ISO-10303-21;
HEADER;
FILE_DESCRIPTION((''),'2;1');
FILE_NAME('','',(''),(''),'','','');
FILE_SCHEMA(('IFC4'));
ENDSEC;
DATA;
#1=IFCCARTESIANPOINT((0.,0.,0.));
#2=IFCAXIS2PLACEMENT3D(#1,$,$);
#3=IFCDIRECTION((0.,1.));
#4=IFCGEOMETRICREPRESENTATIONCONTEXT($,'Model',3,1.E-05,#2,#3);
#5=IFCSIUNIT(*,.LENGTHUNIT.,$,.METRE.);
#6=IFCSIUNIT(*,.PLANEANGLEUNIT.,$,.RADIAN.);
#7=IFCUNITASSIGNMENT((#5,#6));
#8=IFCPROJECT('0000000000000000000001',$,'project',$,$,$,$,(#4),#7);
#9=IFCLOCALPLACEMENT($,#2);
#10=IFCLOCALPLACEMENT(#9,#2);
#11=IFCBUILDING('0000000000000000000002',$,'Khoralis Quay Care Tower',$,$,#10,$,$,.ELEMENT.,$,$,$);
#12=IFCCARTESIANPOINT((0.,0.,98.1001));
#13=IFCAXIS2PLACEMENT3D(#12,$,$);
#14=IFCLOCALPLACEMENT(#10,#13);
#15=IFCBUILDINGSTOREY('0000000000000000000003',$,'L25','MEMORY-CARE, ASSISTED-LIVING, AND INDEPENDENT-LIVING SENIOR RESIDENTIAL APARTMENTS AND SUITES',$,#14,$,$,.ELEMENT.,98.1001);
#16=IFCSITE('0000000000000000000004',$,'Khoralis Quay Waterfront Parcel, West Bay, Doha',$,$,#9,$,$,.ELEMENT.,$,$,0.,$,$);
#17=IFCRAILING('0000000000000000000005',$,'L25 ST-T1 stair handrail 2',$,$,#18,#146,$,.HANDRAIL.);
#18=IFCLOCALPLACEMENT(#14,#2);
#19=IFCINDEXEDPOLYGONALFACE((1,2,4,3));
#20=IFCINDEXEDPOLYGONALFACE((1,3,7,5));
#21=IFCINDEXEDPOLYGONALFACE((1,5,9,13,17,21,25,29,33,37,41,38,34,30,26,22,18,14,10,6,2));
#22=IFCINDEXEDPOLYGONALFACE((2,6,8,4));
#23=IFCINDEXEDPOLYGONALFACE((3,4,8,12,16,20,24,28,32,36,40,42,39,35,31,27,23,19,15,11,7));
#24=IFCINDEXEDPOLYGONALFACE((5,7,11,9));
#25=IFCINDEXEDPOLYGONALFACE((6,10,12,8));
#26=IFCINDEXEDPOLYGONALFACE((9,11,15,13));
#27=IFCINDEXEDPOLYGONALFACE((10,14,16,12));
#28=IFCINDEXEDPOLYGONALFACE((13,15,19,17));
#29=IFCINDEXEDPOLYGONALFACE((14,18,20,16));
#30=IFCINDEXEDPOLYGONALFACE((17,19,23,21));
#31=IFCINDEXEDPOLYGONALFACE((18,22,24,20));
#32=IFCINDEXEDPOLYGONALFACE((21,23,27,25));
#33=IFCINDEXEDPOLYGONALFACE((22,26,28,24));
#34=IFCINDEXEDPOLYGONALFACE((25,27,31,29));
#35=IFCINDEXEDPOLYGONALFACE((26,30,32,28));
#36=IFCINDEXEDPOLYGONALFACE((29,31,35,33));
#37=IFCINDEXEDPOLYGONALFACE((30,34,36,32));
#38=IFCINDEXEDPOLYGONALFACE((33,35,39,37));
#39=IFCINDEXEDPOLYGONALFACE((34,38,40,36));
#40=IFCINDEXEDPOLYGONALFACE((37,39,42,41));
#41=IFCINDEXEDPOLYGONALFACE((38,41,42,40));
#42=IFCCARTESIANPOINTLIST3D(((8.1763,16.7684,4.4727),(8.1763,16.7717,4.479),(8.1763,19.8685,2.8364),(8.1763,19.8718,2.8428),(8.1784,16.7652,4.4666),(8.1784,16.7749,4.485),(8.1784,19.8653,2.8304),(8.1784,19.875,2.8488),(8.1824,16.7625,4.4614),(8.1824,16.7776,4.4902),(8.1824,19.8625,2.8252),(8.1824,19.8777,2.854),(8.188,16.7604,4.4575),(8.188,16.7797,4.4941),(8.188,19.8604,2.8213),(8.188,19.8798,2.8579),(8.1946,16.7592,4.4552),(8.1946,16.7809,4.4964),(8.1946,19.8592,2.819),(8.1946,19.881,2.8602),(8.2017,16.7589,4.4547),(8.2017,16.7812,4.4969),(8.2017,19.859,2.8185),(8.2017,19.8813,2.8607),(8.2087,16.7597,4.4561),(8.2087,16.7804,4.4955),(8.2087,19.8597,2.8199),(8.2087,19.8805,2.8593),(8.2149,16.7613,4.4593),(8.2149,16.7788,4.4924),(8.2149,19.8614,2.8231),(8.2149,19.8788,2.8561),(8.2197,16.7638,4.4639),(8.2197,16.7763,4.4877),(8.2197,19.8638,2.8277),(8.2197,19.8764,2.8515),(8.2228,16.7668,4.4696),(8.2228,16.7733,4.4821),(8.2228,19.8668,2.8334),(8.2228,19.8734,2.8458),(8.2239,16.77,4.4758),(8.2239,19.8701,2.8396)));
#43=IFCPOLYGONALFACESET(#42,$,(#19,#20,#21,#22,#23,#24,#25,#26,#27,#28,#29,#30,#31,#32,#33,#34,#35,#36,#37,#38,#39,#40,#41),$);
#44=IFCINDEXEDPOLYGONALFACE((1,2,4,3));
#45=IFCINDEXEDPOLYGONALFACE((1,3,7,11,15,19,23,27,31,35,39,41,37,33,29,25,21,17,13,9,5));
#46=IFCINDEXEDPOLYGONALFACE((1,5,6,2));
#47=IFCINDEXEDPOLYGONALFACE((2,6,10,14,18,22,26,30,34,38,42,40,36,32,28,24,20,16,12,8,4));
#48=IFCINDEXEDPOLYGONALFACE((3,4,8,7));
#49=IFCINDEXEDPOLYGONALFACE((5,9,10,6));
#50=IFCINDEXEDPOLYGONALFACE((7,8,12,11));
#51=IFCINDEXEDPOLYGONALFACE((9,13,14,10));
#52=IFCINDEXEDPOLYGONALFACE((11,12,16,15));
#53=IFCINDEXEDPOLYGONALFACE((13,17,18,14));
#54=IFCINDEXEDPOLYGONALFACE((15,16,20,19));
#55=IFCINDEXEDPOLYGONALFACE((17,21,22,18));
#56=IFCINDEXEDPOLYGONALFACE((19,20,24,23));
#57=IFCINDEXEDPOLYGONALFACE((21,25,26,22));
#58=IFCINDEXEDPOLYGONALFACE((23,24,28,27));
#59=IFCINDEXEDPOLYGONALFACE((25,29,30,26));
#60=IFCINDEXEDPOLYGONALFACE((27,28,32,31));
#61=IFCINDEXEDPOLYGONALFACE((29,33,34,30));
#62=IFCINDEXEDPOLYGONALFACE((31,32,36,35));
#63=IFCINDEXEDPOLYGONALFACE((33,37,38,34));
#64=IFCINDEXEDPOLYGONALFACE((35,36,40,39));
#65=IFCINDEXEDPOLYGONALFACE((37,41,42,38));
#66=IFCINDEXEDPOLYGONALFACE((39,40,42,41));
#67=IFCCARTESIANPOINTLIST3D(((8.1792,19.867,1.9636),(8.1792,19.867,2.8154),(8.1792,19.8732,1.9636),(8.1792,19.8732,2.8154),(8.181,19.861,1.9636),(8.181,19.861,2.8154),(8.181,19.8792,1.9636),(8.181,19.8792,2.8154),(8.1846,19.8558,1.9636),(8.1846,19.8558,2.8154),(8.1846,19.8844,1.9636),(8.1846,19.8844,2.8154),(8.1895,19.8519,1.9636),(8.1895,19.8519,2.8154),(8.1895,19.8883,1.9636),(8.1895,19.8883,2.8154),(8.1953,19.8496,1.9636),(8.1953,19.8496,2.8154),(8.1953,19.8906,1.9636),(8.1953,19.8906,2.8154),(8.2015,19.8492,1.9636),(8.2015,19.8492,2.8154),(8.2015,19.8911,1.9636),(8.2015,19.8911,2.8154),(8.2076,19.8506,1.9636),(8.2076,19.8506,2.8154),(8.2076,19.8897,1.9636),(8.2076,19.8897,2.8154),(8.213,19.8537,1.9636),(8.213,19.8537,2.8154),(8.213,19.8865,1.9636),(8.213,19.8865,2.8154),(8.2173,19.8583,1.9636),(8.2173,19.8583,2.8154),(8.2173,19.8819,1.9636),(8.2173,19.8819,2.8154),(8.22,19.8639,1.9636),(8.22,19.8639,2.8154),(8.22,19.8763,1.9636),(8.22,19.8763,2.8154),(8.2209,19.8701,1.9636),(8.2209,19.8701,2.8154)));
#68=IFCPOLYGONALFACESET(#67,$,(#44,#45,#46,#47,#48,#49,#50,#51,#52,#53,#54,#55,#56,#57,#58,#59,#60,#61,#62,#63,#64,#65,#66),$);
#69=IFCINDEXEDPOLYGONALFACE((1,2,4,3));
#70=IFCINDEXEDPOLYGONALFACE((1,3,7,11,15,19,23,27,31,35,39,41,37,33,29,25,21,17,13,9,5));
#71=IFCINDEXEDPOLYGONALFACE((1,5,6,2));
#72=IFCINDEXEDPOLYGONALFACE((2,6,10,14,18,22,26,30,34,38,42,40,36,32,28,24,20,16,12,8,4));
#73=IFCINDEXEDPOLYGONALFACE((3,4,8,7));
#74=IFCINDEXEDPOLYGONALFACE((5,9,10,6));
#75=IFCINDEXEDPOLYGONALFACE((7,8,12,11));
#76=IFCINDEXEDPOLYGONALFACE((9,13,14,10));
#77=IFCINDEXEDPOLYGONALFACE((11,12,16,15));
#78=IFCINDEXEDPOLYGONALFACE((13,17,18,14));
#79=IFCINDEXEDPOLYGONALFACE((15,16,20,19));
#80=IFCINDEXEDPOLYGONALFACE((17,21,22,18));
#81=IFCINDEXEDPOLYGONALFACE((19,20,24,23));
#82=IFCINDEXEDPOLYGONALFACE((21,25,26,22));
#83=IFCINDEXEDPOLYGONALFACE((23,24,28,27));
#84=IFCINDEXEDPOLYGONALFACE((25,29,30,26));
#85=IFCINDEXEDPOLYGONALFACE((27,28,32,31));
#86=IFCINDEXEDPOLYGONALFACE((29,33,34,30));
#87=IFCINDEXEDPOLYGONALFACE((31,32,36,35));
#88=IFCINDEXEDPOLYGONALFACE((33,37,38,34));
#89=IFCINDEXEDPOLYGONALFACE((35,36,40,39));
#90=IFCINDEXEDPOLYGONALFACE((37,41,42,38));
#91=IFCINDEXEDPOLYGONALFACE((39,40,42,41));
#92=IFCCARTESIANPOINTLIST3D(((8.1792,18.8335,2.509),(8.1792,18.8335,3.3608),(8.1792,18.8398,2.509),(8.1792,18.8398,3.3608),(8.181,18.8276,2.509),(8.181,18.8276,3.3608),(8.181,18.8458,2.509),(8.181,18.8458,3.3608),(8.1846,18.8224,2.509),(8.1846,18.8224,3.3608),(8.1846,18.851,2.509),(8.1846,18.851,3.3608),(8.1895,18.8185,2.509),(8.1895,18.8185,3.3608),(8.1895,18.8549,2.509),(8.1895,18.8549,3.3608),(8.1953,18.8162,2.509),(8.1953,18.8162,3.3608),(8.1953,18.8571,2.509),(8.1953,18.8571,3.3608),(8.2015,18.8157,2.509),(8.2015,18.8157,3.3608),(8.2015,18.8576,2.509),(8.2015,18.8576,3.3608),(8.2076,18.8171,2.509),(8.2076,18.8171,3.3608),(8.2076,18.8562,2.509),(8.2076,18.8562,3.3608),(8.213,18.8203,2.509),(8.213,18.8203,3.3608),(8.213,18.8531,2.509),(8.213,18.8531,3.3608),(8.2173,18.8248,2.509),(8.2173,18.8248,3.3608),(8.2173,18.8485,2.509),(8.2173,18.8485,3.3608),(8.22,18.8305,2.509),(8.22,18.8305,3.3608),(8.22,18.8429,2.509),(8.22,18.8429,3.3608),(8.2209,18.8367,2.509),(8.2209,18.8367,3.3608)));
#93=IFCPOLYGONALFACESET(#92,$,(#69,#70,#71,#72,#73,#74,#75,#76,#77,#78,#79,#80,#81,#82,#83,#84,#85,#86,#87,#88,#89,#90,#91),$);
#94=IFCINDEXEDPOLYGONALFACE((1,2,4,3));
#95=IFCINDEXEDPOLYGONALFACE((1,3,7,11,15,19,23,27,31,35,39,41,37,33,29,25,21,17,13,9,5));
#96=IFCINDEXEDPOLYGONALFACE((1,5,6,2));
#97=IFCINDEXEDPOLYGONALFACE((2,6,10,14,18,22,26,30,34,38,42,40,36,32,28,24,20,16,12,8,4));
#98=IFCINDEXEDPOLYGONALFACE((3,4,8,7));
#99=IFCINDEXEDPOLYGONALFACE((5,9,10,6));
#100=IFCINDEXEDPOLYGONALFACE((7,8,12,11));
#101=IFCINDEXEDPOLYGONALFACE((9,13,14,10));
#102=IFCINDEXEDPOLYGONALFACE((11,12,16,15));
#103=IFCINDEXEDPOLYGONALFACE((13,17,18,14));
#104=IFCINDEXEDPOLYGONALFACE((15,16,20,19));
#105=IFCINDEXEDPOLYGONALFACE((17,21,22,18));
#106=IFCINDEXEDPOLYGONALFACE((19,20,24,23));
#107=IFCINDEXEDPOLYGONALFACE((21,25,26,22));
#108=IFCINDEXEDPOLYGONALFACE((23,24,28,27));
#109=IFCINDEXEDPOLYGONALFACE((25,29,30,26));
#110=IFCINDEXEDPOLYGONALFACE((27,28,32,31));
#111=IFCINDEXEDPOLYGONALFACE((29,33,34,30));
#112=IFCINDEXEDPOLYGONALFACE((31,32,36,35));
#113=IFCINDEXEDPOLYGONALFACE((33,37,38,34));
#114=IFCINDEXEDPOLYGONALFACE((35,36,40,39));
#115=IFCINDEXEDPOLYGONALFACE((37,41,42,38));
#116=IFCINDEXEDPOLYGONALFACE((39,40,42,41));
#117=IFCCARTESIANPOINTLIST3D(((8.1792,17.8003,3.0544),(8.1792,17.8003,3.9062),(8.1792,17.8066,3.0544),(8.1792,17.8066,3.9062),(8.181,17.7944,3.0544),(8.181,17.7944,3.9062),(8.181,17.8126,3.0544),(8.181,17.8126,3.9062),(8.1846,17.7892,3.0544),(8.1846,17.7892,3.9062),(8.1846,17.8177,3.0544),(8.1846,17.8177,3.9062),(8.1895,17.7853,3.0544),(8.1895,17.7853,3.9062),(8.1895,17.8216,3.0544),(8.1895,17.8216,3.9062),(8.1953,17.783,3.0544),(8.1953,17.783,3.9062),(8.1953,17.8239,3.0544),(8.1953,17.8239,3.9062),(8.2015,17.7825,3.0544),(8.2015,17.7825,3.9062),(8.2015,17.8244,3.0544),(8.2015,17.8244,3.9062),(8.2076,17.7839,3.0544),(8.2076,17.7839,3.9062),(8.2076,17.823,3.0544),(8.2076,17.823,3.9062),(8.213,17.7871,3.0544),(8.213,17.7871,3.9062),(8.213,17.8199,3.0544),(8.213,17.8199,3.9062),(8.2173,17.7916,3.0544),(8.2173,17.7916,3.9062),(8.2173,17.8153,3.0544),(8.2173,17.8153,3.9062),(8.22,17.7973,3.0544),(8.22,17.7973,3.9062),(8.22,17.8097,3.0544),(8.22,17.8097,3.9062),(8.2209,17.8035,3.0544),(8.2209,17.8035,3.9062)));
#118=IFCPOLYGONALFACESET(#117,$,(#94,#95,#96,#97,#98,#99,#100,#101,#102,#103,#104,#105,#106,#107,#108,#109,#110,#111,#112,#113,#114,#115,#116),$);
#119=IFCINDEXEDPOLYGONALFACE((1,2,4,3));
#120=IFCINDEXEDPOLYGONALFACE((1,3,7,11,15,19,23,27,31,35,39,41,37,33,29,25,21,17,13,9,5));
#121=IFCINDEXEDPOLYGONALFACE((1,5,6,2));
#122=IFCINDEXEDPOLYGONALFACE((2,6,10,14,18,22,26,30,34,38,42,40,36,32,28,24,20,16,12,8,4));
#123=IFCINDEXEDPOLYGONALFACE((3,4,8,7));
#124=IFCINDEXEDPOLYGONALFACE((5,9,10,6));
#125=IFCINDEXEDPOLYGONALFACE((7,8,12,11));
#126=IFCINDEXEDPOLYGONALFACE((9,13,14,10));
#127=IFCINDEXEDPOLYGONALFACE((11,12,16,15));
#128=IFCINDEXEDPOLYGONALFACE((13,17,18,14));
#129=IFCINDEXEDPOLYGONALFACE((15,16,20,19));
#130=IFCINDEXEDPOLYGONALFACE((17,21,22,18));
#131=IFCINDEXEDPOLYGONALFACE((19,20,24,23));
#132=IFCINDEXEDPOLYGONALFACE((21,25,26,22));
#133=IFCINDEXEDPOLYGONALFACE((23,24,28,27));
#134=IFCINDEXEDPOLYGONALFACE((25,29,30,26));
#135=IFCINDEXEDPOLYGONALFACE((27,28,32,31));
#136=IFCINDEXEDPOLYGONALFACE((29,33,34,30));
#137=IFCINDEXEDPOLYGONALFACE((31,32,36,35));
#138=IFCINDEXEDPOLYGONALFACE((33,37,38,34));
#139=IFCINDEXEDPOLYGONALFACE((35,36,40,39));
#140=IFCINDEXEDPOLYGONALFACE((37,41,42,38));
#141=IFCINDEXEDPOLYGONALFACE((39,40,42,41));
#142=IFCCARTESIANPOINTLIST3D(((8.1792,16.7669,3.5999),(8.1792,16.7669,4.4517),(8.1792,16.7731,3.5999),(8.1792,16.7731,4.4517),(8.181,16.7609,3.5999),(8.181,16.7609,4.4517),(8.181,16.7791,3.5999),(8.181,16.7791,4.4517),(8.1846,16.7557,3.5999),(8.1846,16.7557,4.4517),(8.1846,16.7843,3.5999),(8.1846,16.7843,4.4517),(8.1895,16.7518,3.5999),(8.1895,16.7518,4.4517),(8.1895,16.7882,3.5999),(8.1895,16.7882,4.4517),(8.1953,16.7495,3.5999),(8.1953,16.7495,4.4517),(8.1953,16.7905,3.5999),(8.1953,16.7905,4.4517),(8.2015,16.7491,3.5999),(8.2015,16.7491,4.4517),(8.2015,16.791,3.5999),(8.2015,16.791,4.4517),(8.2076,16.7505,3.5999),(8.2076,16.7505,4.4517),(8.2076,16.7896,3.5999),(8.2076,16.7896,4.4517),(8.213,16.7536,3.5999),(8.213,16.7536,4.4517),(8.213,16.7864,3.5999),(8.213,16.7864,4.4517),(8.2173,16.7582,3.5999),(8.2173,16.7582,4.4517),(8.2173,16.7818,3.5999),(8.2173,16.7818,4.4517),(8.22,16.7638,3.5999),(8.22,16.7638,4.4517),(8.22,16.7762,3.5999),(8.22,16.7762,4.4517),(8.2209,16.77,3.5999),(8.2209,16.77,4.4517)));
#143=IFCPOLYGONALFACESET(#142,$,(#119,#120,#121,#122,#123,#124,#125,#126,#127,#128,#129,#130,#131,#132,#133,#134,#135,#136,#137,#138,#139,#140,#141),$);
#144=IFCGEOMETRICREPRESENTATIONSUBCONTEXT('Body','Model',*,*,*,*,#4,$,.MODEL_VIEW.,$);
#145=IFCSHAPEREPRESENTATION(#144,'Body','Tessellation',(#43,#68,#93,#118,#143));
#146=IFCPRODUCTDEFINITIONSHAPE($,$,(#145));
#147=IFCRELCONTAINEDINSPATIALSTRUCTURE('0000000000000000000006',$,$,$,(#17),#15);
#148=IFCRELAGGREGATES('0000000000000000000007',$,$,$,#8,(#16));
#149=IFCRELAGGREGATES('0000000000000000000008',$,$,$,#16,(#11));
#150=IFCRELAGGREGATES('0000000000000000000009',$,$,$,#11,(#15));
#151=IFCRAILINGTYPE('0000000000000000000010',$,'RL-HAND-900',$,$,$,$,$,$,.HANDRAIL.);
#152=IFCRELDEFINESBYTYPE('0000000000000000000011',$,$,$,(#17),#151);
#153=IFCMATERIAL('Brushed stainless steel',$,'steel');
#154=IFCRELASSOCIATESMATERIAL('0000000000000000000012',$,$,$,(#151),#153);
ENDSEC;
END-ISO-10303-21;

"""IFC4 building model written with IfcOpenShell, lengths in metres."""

from ifc_helpers import new_model, si_unit, direction, frame, origin, origin_2d, place, context, subcontext, project, spatial, circle, extrude, material, type_object, element, save


model = new_model("IFC4")

# Units and contexts
model_context = context("Model", 3, precision=1e-05, world=origin(), true_north=direction((0.0, 1.0)))
body_context = subcontext(model_context, "Body", "Model", "MODEL_VIEW")
ifc_project = project(units=[si_unit("LENGTHUNIT", "METRE"), si_unit("PLANEANGLEUNIT", "RADIAN")], contexts=[model_context])

# Site, building, storey
site_placement = place(None, origin())
site = spatial("IfcSite", under=ifc_project, at=site_placement, Name="Khoralis Quay Waterfront Parcel, West Bay, Doha", CompositionType="ELEMENT", RefElevation=0.0)
building_placement = place(site_placement, origin())
building = spatial("IfcBuilding", under=site, at=building_placement, Name="Khoralis Quay Care Tower", CompositionType="ELEMENT")
storey_placement = place(building_placement, frame((0.0, 0.0, 98.1001)))
storey = spatial("IfcBuildingStorey", under=building, at=storey_placement, Name="L25", Description="MEMORY-CARE, ASSISTED-LIVING, AND INDEPENDENT-LIVING SENIOR RESIDENTIAL APARTMENTS AND SUITES", CompositionType="ELEMENT", Elevation=98.1001)

# Shared definitions
ifc_material_1 = material(Name="Brushed stainless steel", Category="steel")

# Railing
railing_type_1 = type_object("IfcRailingType", Name="RL-HAND-900", PredefinedType="HANDRAIL", material=ifc_material_1)
railing_1_placement = place(storey_placement, frame((8.2, 19.8701, 1.9636)))
element("IfcRailing", 1, at=railing_1_placement, inside=storey, type_object=railing_type_1, Name="L25 ST-T1 stair handrail 2", PredefinedType="HANDRAIL", context=body_context, shape_type="SweptSolid", body=[
    extrude(circle(Radius=0.0239, at=origin_2d()), frame((0.0, 0.0, 0.876), z_axis=(0.0, -0.884377, 0.466774), x_axis=(1.0, 0.0, 0.0)), (0.0, 0.0, 1.0), 3.5054),
    extrude(circle(Radius=0.021, at=origin_2d()), origin(), (0.0, 0.0, 1.0), 0.8518),
    extrude(circle(Radius=0.021, at=origin_2d()), frame((0.0, -1.0334, 0.5454)), (0.0, 0.0, 1.0), 0.8518),
    extrude(circle(Radius=0.021, at=origin_2d()), frame((0.0, -2.0667, 1.0908)), (0.0, 0.0, 1.0), 0.8518),
    extrude(circle(Radius=0.021, at=origin_2d()), frame((0.0, -3.1001, 1.6362)), (0.0, 0.0, 1.0), 0.8518),
])

save(model, "model.ifc")
